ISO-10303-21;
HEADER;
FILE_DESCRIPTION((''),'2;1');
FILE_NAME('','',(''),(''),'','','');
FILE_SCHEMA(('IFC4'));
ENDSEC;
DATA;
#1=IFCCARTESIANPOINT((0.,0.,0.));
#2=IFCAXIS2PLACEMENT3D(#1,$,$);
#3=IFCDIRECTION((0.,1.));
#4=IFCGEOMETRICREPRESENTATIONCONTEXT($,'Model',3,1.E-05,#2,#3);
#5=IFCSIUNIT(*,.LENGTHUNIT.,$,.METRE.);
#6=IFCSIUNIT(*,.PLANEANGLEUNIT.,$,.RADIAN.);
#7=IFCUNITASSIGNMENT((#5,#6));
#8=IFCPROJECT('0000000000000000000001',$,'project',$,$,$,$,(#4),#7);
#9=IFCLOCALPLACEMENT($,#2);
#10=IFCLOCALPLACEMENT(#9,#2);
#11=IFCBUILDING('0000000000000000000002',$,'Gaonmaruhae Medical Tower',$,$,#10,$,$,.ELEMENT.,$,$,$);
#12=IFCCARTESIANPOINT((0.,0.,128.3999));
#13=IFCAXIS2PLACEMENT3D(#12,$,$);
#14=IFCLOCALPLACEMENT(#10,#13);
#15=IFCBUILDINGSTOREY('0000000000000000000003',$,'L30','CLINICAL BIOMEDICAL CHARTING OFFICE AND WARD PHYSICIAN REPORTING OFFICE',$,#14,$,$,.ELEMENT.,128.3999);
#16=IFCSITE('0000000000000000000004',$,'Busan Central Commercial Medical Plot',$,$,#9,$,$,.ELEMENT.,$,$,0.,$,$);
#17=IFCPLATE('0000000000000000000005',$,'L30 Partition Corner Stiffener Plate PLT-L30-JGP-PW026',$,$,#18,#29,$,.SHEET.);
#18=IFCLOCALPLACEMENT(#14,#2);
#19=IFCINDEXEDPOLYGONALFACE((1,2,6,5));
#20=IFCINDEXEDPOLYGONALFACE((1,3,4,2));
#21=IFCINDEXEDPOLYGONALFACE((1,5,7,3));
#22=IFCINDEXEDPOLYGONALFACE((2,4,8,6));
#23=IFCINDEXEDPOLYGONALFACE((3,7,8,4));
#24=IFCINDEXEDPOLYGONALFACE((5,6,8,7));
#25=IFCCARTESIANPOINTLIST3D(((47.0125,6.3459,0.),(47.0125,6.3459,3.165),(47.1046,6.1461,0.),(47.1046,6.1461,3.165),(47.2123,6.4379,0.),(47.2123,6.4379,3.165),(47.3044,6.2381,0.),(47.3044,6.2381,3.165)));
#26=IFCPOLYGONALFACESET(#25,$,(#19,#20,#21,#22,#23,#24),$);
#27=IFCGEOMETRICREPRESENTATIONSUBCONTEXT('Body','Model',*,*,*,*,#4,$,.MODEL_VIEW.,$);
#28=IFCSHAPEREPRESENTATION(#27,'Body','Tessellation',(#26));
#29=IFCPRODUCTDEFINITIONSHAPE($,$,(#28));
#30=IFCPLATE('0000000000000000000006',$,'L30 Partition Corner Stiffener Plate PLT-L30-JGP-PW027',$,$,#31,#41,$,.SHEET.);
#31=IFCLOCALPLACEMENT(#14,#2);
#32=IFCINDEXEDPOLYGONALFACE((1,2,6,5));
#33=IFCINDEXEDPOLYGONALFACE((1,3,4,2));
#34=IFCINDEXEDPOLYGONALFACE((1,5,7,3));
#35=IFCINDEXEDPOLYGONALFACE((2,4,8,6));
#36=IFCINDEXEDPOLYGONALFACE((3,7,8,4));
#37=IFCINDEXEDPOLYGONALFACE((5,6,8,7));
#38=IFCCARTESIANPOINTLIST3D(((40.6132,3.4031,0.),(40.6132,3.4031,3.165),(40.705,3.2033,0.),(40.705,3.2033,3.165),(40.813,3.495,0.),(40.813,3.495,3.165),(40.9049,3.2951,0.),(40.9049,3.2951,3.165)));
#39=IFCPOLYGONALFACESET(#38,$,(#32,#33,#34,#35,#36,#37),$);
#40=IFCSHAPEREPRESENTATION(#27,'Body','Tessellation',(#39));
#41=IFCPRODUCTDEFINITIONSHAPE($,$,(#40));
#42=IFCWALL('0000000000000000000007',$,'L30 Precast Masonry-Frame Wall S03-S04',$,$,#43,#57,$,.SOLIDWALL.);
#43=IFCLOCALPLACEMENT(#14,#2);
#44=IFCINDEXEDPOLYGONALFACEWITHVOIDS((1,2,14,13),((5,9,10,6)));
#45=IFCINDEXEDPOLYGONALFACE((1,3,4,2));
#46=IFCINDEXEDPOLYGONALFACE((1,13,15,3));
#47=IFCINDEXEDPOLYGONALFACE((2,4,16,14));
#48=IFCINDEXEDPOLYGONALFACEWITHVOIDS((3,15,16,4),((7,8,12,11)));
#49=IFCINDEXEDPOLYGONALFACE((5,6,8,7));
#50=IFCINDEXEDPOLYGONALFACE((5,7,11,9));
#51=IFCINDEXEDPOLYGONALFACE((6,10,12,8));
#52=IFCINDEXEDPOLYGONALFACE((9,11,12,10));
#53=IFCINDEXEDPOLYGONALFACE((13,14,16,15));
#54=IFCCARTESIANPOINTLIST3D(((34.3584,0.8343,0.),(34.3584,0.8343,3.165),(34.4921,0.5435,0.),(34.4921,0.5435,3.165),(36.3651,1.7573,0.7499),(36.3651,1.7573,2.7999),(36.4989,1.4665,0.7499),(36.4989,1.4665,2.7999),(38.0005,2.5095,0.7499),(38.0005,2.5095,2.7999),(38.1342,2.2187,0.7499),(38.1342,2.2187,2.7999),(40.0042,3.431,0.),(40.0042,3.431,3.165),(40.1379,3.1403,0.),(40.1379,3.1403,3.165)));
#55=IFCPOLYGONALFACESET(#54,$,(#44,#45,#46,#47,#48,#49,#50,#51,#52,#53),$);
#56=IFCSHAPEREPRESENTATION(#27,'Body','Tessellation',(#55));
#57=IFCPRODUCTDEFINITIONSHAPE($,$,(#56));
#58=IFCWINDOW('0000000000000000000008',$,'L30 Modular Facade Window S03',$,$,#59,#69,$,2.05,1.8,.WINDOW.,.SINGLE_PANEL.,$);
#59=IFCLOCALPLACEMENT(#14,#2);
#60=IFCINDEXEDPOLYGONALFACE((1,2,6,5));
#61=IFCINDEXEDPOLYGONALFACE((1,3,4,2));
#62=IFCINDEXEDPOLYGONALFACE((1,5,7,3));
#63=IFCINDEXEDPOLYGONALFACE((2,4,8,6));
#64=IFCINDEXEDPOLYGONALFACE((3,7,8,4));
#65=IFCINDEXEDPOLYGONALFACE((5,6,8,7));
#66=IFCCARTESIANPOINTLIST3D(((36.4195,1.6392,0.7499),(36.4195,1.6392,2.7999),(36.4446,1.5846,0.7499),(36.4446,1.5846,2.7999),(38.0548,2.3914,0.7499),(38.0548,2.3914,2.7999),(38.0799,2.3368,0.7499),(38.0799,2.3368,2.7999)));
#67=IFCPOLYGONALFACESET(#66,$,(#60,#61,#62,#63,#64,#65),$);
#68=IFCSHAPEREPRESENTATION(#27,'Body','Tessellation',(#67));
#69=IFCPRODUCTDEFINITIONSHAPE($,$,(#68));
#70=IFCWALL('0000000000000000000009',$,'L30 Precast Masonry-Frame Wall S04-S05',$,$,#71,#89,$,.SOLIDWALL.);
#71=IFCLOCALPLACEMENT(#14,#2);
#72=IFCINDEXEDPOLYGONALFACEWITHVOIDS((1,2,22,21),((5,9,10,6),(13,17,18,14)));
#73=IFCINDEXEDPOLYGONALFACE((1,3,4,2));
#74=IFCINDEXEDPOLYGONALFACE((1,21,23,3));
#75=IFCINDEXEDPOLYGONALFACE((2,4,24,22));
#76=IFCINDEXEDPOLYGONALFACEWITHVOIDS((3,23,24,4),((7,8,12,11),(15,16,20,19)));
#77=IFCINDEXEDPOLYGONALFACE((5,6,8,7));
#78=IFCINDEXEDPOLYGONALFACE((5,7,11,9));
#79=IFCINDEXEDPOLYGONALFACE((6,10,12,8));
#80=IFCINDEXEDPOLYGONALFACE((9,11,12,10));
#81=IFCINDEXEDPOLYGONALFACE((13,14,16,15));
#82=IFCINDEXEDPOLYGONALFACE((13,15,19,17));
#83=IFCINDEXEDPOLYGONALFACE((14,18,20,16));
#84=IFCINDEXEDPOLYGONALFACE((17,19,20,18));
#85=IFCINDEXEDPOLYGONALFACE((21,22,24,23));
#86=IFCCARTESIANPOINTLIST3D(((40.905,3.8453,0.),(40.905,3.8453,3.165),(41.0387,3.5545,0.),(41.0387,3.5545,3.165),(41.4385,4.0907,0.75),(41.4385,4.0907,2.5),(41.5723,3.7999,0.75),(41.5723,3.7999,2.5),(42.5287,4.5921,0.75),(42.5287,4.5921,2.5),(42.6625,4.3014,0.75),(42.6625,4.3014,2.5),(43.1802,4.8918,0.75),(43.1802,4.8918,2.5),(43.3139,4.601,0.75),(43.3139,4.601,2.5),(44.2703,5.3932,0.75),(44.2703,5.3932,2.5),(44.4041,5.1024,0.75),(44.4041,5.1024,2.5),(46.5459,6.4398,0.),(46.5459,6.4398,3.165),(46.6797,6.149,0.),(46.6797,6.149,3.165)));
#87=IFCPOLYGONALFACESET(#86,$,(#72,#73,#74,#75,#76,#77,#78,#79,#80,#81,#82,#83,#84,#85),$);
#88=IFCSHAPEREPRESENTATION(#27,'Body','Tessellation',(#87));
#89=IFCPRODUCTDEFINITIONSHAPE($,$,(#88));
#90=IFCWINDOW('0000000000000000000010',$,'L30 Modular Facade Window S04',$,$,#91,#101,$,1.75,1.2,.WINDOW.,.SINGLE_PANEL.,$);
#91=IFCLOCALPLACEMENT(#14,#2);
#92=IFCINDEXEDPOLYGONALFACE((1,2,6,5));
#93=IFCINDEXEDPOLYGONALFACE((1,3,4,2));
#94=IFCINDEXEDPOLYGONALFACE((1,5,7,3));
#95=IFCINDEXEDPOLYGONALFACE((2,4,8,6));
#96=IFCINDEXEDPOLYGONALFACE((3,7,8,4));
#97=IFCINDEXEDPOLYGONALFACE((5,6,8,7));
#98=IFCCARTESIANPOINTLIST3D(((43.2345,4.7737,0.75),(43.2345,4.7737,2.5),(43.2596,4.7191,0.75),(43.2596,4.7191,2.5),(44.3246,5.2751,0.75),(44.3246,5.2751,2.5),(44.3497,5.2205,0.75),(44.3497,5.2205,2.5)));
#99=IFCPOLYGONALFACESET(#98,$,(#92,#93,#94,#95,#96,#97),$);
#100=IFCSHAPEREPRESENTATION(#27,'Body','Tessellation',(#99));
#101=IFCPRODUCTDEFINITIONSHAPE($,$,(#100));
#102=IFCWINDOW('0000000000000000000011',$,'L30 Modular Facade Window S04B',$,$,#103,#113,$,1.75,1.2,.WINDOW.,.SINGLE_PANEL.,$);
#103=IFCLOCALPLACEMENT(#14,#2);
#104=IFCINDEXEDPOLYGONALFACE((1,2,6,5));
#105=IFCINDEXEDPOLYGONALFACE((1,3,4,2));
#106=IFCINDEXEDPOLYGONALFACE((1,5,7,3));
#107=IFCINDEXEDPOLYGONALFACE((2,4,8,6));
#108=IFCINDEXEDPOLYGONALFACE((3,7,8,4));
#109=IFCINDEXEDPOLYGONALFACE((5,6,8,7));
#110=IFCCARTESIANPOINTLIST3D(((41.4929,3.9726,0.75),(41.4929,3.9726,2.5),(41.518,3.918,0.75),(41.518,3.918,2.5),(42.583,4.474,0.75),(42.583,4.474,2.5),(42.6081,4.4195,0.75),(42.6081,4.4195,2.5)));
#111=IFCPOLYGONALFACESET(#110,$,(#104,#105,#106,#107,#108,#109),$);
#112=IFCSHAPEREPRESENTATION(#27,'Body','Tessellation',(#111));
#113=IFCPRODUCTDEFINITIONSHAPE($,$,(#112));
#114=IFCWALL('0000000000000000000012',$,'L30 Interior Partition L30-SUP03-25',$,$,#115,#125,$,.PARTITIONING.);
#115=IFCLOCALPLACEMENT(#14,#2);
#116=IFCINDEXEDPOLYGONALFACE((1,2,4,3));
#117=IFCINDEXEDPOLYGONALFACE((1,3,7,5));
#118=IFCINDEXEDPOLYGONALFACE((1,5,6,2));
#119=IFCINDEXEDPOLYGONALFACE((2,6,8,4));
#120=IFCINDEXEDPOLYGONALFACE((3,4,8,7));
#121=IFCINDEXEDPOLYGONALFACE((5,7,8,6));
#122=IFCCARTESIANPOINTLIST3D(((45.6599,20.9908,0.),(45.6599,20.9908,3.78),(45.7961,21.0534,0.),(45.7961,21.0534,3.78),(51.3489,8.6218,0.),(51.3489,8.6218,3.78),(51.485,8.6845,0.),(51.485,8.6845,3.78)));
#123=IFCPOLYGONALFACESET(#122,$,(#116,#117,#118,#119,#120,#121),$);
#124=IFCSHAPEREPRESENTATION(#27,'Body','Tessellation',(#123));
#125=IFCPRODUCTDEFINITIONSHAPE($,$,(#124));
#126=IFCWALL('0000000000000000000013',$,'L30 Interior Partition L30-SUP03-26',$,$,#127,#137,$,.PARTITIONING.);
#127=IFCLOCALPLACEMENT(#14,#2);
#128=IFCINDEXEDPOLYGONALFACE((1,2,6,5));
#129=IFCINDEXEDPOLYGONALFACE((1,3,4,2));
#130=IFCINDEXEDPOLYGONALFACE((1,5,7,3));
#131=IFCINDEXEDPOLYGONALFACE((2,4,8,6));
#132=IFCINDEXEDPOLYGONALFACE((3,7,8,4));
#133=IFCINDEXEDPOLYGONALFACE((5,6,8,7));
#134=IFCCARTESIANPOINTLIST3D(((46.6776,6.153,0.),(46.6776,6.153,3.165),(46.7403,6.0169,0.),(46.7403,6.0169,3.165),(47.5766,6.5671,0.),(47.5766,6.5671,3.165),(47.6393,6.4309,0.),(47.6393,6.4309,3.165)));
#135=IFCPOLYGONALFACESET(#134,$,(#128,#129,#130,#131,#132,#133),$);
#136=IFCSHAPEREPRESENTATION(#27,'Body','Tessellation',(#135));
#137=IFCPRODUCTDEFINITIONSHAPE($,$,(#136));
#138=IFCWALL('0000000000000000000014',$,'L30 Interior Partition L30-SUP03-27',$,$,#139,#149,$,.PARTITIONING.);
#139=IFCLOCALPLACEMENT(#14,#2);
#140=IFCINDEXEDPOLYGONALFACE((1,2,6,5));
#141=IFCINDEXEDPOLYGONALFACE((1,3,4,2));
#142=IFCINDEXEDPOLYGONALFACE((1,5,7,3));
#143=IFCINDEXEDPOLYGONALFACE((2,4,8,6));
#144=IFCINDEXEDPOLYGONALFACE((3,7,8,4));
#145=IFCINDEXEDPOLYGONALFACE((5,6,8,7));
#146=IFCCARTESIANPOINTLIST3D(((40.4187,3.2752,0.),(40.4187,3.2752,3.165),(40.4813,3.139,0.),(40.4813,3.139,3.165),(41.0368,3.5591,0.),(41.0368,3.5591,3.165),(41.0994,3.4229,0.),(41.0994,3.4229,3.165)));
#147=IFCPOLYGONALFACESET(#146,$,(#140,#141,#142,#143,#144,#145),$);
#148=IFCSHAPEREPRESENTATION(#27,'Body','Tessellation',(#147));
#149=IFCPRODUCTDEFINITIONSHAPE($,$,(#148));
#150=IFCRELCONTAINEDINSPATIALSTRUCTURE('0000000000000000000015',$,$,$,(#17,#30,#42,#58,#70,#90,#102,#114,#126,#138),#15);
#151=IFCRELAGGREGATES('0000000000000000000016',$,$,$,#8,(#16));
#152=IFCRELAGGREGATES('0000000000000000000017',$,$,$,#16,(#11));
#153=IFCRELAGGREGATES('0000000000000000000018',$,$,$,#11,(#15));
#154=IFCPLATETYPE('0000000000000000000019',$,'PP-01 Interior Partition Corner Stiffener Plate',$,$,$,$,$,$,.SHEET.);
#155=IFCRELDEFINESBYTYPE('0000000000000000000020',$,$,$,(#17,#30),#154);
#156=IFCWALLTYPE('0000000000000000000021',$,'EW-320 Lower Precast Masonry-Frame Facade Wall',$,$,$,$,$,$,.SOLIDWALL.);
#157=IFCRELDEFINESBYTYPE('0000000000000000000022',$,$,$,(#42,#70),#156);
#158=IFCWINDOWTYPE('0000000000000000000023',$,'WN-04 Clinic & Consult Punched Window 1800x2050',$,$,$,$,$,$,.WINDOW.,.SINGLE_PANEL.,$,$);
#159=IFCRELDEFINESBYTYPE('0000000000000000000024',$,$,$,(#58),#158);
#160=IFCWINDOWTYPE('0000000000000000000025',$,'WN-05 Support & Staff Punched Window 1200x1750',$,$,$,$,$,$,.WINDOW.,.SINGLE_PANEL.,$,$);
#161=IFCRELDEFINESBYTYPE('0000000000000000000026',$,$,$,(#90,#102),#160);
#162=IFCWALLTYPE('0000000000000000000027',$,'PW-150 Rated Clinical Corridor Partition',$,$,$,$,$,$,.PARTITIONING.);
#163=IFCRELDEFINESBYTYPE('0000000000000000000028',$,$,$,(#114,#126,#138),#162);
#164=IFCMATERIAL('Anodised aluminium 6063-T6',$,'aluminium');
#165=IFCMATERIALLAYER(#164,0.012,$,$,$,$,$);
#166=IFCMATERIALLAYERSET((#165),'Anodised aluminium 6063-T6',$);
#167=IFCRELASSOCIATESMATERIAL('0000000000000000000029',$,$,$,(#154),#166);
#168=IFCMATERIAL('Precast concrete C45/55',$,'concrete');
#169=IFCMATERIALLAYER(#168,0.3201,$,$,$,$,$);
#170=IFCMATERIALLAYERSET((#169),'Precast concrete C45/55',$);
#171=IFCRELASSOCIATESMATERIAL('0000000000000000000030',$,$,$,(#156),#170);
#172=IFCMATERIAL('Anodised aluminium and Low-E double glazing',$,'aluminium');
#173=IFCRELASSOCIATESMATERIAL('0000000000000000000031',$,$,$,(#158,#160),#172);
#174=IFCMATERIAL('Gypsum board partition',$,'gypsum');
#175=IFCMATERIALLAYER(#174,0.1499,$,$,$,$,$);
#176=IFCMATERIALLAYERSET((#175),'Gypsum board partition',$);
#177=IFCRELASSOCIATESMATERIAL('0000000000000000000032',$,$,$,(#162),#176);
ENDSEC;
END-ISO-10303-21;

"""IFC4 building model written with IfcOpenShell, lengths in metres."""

from ifc_helpers import new_model, si_unit, direction, frame, frame_2d, origin, origin_2d, place, context, subcontext, project, spatial, rectangle, extrude, material, layer, layer_set, type_object, element, fill, save


model = new_model("IFC4")

# Units and contexts
model_context = context("Model", 3, precision=1e-05, world=origin(), true_north=direction((0.0, 1.0)))
body_context = subcontext(model_context, "Body", "Model", "MODEL_VIEW")
ifc_project = project(units=[si_unit("LENGTHUNIT", "METRE"), si_unit("PLANEANGLEUNIT", "RADIAN")], contexts=[model_context])

# Site, building, storey
site_placement = place(None, origin())
site = spatial("IfcSite", under=ifc_project, at=site_placement, Name="Busan Central Commercial Medical Plot", CompositionType="ELEMENT", RefElevation=0.0)
building_placement = place(site_placement, origin())
building = spatial("IfcBuilding", under=site, at=building_placement, Name="Gaonmaruhae Medical Tower", CompositionType="ELEMENT")
storey_placement = place(building_placement, frame((0.0, 0.0, 128.3999)))
storey = spatial("IfcBuildingStorey", under=building, at=storey_placement, Name="L30", Description="CLINICAL BIOMEDICAL CHARTING OFFICE AND WARD PHYSICIAN REPORTING OFFICE", CompositionType="ELEMENT", Elevation=128.3999)

# Plates
ifc_material_1 = material(Name="Anodised aluminium 6063-T6", Category="aluminium")
ifc_layer_1 = layer(ifc_material_1, 0.012)
ifc_layer_set_1 = layer_set([ifc_layer_1], Name="Anodised aluminium 6063-T6")
plate_type = type_object("IfcPlateType", Name="PP-01 Interior Partition Corner Stiffener Plate", PredefinedType="SHEET", material=ifc_layer_set_1)
for number, where, z_axis, x_axis, name in (
    (1, (47.1584, 6.292, 0.0), (0.0, 0.0, 1.0), (-0.908311, -0.418295, 0.0), "L30 Partition Corner Stiffener Plate PLT-L30-JGP-PW026"),
    (2, (40.759, 3.3491, 0.0), (0.0, 0.0, 1.0), (-0.908647, -0.417566, 0.0), "L30 Partition Corner Stiffener Plate PLT-L30-JGP-PW027"),
):
    element("IfcPlate", number, at=place(storey_placement, frame(where, z_axis=z_axis, x_axis=x_axis)), inside=storey, type_object=plate_type, Name=name, PredefinedType="SHEET", context=body_context, shape_type="SweptSolid", body=[
        extrude(rectangle(XDim=0.22, YDim=0.22, at=origin_2d()), origin(), (0.0, 0.0, 1.0), 3.165),
    ])

# Wall, opening, window
ifc_material_2 = material(Name="Precast concrete C45/55", Category="concrete")
ifc_layer_2 = layer(ifc_material_2, 0.3201)
ifc_layer_set_2 = layer_set([ifc_layer_2], Name="Precast concrete C45/55")
wall_type_1 = type_object("IfcWallType", Name="EW-320 Lower Precast Masonry-Frame Facade Wall", PredefinedType="SOLIDWALL", material=ifc_layer_set_2)
wall_1_placement = place(storey_placement, frame((40.071, 3.2856, 0.0), z_axis=(0.0, 0.0, 1.0), x_axis=(-0.908513, -0.417857, 0.0)))
wall_1 = element("IfcWall", 3, at=wall_1_placement, inside=storey, type_object=wall_type_1, Name="L30 Precast Masonry-Frame Wall S03-S04", PredefinedType="SOLIDWALL", context=body_context, shape_type="SweptSolid", body=[
    extrude(rectangle(XDim=6.2144, YDim=0.3201, at=frame_2d((3.1072, 0.0))), origin(), (0.0, 0.0, 1.0), 3.165),
])
opening_1_placement = place(wall_1_placement, frame((2.2056, 0.0, 0.75)))
opening_1 = element("IfcOpeningElement", 4, at=opening_1_placement, cuts=wall_1, PredefinedType="OPENING", context=body_context, shape_type="SweptSolid", body=[
    extrude(rectangle(XDim=1.8, YDim=2.05, at=frame_2d((0.8999, 1.0249))), frame((0.0, 0.1699, 0.0), z_axis=(0.0, -1.0, 0.0), x_axis=(1.0, 0.0, 0.0)), (0.0, 0.0, 1.0), 0.3401),
])
ifc_material_3 = material(Name="Anodised aluminium and Low-E double glazing", Category="aluminium")
window_type_1 = type_object("IfcWindowType", Name="WN-04 Clinic & Consult Punched Window 1800x2050", PartitioningType="SINGLE_PANEL", PredefinedType="WINDOW", material=ifc_material_3)
window_1_placement = place(opening_1_placement, origin())
window_1 = element("IfcWindow", 5, at=window_1_placement, inside=storey, type_object=window_type_1, Name="L30 Modular Facade Window S03", OverallHeight=2.05, OverallWidth=1.8, PartitioningType="SINGLE_PANEL", PredefinedType="WINDOW", context=body_context, shape_type="SweptSolid", body=[
    extrude(rectangle(XDim=1.8, YDim=2.05, at=frame_2d((0.8999, 1.0249))), frame((0.0, 0.03, 0.0), z_axis=(0.0, -1.0, 0.0), x_axis=(1.0, 0.0, 0.0)), (0.0, 0.0, 1.0), 0.0601),
])
fill(opening_1, window_1)

# Wall, openings, windows
wall_2_placement = place(storey_placement, frame((46.6128, 6.2944, 0.0), z_axis=(0.0, 0.0, 1.0), x_axis=(-0.90851, -0.417863, 0.0)))
wall_2 = element("IfcWall", 6, at=wall_2_placement, inside=storey, type_object=wall_type_1, Name="L30 Precast Masonry-Frame Wall S04-S05", PredefinedType="SOLIDWALL", context=body_context, shape_type="SweptSolid", body=[
    extrude(rectangle(XDim=6.209, YDim=0.3201, at=frame_2d((3.1045, 0.0))), origin(), (0.0, 0.0, 1.0), 3.165),
])
opening_2_placement = place(wall_2_placement, frame((2.5046, 0.0, 0.75)))
opening_2 = element("IfcOpeningElement", 7, at=opening_2_placement, cuts=wall_2, PredefinedType="OPENING", context=body_context, shape_type="SweptSolid", body=[
    extrude(rectangle(XDim=1.2, YDim=1.75, at=frame_2d((0.6001, 0.875))), frame((0.0, 0.1699, 0.0), z_axis=(0.0, -1.0, 0.0), x_axis=(1.0, 0.0, 0.0)), (0.0, 0.0, 1.0), 0.3401),
])
opening_3_placement = place(wall_2_placement, frame((4.4216, 0.0, 0.75)))
opening_3 = element("IfcOpeningElement", 8, at=opening_3_placement, cuts=wall_2, PredefinedType="OPENING", context=body_context, shape_type="SweptSolid", body=[
    extrude(rectangle(XDim=1.2, YDim=1.75, at=frame_2d((0.6001, 0.875))), frame((0.0, 0.1699, 0.0), z_axis=(0.0, -1.0, 0.0), x_axis=(1.0, 0.0, 0.0)), (0.0, 0.0, 1.0), 0.3401),
])
window_type_2 = type_object("IfcWindowType", Name="WN-05 Support & Staff Punched Window 1200x1750", PartitioningType="SINGLE_PANEL", PredefinedType="WINDOW", material=ifc_material_3)
window_2_placement = place(opening_2_placement, origin())
window_2 = element("IfcWindow", 9, at=window_2_placement, inside=storey, type_object=window_type_2, Name="L30 Modular Facade Window S04", OverallHeight=1.75, OverallWidth=1.2, PartitioningType="SINGLE_PANEL", PredefinedType="WINDOW", context=body_context, shape_type="SweptSolid", body=[
    extrude(rectangle(XDim=1.2, YDim=1.75, at=frame_2d((0.6001, 0.875))), frame((0.0, 0.03, 0.0), z_axis=(0.0, -1.0, 0.0), x_axis=(1.0, 0.0, 0.0)), (0.0, 0.0, 1.0), 0.0601),
])
fill(opening_2, window_2)
window_3_placement = place(opening_3_placement, origin())
window_3 = element("IfcWindow", 10, at=window_3_placement, inside=storey, type_object=window_type_2, Name="L30 Modular Facade Window S04B", OverallHeight=1.75, OverallWidth=1.2, PartitioningType="SINGLE_PANEL", PredefinedType="WINDOW", context=body_context, shape_type="SweptSolid", body=[
    extrude(rectangle(XDim=1.2, YDim=1.75, at=frame_2d((0.6001, 0.875))), frame((0.0, 0.03, 0.0), z_axis=(0.0, -1.0, 0.0), x_axis=(1.0, 0.0, 0.0)), (0.0, 0.0, 1.0), 0.0601),
])
fill(opening_3, window_3)

# Walls
ifc_material_4 = material(Name="Gypsum board partition", Category="gypsum")
ifc_layer_3 = layer(ifc_material_4, 0.1499)
ifc_layer_set_3 = layer_set([ifc_layer_3], Name="Gypsum board partition")
wall_type_2 = type_object("IfcWallType", Name="PW-150 Rated Clinical Corridor Partition", PredefinedType="PARTITIONING", material=ifc_layer_set_3)
wall_3_placement = place(storey_placement, frame((45.728, 21.022, 0.0), z_axis=(0.0, 0.0, 1.0), x_axis=(0.417862, -0.908511, 0.0)))
element("IfcWall", 11, at=wall_3_placement, inside=storey, type_object=wall_type_2, Name="L30 Interior Partition L30-SUP03-25", PredefinedType="PARTITIONING", context=body_context, shape_type="SweptSolid", body=[
    extrude(rectangle(XDim=13.6145, YDim=0.1499, at=frame_2d((6.8071, 0.0))), origin(), (0.0, 0.0, 1.0), 3.78),
])
wall_4_placement = place(storey_placement, frame((47.6079, 6.499, 0.0), z_axis=(0.0, 0.0, 1.0), x_axis=(-0.908277, -0.41837, 0.0)))
element("IfcWall", 12, at=wall_4_placement, inside=storey, type_object=wall_type_2, Name="L30 Interior Partition L30-SUP03-26", PredefinedType="PARTITIONING", context=body_context, shape_type="SweptSolid", body=[
    extrude(rectangle(XDim=0.9897, YDim=0.1499, at=frame_2d((0.4949, 0.0))), origin(), (0.0, 0.0, 1.0), 3.165),
])
wall_5_placement = place(storey_placement, frame((41.0681, 3.491, 0.0), z_axis=(0.0, 0.0, 1.0), x_axis=(-0.908725, -0.417396, 0.0)))
element("IfcWall", 13, at=wall_5_placement, inside=storey, type_object=wall_type_2, Name="L30 Interior Partition L30-SUP03-27", PredefinedType="PARTITIONING", context=body_context, shape_type="SweptSolid", body=[
    extrude(rectangle(XDim=0.6802, YDim=0.1499, at=frame_2d((0.3401, 0.0))), origin(), (0.0, 0.0, 1.0), 3.165),
])

save(model, "model.ifc")
